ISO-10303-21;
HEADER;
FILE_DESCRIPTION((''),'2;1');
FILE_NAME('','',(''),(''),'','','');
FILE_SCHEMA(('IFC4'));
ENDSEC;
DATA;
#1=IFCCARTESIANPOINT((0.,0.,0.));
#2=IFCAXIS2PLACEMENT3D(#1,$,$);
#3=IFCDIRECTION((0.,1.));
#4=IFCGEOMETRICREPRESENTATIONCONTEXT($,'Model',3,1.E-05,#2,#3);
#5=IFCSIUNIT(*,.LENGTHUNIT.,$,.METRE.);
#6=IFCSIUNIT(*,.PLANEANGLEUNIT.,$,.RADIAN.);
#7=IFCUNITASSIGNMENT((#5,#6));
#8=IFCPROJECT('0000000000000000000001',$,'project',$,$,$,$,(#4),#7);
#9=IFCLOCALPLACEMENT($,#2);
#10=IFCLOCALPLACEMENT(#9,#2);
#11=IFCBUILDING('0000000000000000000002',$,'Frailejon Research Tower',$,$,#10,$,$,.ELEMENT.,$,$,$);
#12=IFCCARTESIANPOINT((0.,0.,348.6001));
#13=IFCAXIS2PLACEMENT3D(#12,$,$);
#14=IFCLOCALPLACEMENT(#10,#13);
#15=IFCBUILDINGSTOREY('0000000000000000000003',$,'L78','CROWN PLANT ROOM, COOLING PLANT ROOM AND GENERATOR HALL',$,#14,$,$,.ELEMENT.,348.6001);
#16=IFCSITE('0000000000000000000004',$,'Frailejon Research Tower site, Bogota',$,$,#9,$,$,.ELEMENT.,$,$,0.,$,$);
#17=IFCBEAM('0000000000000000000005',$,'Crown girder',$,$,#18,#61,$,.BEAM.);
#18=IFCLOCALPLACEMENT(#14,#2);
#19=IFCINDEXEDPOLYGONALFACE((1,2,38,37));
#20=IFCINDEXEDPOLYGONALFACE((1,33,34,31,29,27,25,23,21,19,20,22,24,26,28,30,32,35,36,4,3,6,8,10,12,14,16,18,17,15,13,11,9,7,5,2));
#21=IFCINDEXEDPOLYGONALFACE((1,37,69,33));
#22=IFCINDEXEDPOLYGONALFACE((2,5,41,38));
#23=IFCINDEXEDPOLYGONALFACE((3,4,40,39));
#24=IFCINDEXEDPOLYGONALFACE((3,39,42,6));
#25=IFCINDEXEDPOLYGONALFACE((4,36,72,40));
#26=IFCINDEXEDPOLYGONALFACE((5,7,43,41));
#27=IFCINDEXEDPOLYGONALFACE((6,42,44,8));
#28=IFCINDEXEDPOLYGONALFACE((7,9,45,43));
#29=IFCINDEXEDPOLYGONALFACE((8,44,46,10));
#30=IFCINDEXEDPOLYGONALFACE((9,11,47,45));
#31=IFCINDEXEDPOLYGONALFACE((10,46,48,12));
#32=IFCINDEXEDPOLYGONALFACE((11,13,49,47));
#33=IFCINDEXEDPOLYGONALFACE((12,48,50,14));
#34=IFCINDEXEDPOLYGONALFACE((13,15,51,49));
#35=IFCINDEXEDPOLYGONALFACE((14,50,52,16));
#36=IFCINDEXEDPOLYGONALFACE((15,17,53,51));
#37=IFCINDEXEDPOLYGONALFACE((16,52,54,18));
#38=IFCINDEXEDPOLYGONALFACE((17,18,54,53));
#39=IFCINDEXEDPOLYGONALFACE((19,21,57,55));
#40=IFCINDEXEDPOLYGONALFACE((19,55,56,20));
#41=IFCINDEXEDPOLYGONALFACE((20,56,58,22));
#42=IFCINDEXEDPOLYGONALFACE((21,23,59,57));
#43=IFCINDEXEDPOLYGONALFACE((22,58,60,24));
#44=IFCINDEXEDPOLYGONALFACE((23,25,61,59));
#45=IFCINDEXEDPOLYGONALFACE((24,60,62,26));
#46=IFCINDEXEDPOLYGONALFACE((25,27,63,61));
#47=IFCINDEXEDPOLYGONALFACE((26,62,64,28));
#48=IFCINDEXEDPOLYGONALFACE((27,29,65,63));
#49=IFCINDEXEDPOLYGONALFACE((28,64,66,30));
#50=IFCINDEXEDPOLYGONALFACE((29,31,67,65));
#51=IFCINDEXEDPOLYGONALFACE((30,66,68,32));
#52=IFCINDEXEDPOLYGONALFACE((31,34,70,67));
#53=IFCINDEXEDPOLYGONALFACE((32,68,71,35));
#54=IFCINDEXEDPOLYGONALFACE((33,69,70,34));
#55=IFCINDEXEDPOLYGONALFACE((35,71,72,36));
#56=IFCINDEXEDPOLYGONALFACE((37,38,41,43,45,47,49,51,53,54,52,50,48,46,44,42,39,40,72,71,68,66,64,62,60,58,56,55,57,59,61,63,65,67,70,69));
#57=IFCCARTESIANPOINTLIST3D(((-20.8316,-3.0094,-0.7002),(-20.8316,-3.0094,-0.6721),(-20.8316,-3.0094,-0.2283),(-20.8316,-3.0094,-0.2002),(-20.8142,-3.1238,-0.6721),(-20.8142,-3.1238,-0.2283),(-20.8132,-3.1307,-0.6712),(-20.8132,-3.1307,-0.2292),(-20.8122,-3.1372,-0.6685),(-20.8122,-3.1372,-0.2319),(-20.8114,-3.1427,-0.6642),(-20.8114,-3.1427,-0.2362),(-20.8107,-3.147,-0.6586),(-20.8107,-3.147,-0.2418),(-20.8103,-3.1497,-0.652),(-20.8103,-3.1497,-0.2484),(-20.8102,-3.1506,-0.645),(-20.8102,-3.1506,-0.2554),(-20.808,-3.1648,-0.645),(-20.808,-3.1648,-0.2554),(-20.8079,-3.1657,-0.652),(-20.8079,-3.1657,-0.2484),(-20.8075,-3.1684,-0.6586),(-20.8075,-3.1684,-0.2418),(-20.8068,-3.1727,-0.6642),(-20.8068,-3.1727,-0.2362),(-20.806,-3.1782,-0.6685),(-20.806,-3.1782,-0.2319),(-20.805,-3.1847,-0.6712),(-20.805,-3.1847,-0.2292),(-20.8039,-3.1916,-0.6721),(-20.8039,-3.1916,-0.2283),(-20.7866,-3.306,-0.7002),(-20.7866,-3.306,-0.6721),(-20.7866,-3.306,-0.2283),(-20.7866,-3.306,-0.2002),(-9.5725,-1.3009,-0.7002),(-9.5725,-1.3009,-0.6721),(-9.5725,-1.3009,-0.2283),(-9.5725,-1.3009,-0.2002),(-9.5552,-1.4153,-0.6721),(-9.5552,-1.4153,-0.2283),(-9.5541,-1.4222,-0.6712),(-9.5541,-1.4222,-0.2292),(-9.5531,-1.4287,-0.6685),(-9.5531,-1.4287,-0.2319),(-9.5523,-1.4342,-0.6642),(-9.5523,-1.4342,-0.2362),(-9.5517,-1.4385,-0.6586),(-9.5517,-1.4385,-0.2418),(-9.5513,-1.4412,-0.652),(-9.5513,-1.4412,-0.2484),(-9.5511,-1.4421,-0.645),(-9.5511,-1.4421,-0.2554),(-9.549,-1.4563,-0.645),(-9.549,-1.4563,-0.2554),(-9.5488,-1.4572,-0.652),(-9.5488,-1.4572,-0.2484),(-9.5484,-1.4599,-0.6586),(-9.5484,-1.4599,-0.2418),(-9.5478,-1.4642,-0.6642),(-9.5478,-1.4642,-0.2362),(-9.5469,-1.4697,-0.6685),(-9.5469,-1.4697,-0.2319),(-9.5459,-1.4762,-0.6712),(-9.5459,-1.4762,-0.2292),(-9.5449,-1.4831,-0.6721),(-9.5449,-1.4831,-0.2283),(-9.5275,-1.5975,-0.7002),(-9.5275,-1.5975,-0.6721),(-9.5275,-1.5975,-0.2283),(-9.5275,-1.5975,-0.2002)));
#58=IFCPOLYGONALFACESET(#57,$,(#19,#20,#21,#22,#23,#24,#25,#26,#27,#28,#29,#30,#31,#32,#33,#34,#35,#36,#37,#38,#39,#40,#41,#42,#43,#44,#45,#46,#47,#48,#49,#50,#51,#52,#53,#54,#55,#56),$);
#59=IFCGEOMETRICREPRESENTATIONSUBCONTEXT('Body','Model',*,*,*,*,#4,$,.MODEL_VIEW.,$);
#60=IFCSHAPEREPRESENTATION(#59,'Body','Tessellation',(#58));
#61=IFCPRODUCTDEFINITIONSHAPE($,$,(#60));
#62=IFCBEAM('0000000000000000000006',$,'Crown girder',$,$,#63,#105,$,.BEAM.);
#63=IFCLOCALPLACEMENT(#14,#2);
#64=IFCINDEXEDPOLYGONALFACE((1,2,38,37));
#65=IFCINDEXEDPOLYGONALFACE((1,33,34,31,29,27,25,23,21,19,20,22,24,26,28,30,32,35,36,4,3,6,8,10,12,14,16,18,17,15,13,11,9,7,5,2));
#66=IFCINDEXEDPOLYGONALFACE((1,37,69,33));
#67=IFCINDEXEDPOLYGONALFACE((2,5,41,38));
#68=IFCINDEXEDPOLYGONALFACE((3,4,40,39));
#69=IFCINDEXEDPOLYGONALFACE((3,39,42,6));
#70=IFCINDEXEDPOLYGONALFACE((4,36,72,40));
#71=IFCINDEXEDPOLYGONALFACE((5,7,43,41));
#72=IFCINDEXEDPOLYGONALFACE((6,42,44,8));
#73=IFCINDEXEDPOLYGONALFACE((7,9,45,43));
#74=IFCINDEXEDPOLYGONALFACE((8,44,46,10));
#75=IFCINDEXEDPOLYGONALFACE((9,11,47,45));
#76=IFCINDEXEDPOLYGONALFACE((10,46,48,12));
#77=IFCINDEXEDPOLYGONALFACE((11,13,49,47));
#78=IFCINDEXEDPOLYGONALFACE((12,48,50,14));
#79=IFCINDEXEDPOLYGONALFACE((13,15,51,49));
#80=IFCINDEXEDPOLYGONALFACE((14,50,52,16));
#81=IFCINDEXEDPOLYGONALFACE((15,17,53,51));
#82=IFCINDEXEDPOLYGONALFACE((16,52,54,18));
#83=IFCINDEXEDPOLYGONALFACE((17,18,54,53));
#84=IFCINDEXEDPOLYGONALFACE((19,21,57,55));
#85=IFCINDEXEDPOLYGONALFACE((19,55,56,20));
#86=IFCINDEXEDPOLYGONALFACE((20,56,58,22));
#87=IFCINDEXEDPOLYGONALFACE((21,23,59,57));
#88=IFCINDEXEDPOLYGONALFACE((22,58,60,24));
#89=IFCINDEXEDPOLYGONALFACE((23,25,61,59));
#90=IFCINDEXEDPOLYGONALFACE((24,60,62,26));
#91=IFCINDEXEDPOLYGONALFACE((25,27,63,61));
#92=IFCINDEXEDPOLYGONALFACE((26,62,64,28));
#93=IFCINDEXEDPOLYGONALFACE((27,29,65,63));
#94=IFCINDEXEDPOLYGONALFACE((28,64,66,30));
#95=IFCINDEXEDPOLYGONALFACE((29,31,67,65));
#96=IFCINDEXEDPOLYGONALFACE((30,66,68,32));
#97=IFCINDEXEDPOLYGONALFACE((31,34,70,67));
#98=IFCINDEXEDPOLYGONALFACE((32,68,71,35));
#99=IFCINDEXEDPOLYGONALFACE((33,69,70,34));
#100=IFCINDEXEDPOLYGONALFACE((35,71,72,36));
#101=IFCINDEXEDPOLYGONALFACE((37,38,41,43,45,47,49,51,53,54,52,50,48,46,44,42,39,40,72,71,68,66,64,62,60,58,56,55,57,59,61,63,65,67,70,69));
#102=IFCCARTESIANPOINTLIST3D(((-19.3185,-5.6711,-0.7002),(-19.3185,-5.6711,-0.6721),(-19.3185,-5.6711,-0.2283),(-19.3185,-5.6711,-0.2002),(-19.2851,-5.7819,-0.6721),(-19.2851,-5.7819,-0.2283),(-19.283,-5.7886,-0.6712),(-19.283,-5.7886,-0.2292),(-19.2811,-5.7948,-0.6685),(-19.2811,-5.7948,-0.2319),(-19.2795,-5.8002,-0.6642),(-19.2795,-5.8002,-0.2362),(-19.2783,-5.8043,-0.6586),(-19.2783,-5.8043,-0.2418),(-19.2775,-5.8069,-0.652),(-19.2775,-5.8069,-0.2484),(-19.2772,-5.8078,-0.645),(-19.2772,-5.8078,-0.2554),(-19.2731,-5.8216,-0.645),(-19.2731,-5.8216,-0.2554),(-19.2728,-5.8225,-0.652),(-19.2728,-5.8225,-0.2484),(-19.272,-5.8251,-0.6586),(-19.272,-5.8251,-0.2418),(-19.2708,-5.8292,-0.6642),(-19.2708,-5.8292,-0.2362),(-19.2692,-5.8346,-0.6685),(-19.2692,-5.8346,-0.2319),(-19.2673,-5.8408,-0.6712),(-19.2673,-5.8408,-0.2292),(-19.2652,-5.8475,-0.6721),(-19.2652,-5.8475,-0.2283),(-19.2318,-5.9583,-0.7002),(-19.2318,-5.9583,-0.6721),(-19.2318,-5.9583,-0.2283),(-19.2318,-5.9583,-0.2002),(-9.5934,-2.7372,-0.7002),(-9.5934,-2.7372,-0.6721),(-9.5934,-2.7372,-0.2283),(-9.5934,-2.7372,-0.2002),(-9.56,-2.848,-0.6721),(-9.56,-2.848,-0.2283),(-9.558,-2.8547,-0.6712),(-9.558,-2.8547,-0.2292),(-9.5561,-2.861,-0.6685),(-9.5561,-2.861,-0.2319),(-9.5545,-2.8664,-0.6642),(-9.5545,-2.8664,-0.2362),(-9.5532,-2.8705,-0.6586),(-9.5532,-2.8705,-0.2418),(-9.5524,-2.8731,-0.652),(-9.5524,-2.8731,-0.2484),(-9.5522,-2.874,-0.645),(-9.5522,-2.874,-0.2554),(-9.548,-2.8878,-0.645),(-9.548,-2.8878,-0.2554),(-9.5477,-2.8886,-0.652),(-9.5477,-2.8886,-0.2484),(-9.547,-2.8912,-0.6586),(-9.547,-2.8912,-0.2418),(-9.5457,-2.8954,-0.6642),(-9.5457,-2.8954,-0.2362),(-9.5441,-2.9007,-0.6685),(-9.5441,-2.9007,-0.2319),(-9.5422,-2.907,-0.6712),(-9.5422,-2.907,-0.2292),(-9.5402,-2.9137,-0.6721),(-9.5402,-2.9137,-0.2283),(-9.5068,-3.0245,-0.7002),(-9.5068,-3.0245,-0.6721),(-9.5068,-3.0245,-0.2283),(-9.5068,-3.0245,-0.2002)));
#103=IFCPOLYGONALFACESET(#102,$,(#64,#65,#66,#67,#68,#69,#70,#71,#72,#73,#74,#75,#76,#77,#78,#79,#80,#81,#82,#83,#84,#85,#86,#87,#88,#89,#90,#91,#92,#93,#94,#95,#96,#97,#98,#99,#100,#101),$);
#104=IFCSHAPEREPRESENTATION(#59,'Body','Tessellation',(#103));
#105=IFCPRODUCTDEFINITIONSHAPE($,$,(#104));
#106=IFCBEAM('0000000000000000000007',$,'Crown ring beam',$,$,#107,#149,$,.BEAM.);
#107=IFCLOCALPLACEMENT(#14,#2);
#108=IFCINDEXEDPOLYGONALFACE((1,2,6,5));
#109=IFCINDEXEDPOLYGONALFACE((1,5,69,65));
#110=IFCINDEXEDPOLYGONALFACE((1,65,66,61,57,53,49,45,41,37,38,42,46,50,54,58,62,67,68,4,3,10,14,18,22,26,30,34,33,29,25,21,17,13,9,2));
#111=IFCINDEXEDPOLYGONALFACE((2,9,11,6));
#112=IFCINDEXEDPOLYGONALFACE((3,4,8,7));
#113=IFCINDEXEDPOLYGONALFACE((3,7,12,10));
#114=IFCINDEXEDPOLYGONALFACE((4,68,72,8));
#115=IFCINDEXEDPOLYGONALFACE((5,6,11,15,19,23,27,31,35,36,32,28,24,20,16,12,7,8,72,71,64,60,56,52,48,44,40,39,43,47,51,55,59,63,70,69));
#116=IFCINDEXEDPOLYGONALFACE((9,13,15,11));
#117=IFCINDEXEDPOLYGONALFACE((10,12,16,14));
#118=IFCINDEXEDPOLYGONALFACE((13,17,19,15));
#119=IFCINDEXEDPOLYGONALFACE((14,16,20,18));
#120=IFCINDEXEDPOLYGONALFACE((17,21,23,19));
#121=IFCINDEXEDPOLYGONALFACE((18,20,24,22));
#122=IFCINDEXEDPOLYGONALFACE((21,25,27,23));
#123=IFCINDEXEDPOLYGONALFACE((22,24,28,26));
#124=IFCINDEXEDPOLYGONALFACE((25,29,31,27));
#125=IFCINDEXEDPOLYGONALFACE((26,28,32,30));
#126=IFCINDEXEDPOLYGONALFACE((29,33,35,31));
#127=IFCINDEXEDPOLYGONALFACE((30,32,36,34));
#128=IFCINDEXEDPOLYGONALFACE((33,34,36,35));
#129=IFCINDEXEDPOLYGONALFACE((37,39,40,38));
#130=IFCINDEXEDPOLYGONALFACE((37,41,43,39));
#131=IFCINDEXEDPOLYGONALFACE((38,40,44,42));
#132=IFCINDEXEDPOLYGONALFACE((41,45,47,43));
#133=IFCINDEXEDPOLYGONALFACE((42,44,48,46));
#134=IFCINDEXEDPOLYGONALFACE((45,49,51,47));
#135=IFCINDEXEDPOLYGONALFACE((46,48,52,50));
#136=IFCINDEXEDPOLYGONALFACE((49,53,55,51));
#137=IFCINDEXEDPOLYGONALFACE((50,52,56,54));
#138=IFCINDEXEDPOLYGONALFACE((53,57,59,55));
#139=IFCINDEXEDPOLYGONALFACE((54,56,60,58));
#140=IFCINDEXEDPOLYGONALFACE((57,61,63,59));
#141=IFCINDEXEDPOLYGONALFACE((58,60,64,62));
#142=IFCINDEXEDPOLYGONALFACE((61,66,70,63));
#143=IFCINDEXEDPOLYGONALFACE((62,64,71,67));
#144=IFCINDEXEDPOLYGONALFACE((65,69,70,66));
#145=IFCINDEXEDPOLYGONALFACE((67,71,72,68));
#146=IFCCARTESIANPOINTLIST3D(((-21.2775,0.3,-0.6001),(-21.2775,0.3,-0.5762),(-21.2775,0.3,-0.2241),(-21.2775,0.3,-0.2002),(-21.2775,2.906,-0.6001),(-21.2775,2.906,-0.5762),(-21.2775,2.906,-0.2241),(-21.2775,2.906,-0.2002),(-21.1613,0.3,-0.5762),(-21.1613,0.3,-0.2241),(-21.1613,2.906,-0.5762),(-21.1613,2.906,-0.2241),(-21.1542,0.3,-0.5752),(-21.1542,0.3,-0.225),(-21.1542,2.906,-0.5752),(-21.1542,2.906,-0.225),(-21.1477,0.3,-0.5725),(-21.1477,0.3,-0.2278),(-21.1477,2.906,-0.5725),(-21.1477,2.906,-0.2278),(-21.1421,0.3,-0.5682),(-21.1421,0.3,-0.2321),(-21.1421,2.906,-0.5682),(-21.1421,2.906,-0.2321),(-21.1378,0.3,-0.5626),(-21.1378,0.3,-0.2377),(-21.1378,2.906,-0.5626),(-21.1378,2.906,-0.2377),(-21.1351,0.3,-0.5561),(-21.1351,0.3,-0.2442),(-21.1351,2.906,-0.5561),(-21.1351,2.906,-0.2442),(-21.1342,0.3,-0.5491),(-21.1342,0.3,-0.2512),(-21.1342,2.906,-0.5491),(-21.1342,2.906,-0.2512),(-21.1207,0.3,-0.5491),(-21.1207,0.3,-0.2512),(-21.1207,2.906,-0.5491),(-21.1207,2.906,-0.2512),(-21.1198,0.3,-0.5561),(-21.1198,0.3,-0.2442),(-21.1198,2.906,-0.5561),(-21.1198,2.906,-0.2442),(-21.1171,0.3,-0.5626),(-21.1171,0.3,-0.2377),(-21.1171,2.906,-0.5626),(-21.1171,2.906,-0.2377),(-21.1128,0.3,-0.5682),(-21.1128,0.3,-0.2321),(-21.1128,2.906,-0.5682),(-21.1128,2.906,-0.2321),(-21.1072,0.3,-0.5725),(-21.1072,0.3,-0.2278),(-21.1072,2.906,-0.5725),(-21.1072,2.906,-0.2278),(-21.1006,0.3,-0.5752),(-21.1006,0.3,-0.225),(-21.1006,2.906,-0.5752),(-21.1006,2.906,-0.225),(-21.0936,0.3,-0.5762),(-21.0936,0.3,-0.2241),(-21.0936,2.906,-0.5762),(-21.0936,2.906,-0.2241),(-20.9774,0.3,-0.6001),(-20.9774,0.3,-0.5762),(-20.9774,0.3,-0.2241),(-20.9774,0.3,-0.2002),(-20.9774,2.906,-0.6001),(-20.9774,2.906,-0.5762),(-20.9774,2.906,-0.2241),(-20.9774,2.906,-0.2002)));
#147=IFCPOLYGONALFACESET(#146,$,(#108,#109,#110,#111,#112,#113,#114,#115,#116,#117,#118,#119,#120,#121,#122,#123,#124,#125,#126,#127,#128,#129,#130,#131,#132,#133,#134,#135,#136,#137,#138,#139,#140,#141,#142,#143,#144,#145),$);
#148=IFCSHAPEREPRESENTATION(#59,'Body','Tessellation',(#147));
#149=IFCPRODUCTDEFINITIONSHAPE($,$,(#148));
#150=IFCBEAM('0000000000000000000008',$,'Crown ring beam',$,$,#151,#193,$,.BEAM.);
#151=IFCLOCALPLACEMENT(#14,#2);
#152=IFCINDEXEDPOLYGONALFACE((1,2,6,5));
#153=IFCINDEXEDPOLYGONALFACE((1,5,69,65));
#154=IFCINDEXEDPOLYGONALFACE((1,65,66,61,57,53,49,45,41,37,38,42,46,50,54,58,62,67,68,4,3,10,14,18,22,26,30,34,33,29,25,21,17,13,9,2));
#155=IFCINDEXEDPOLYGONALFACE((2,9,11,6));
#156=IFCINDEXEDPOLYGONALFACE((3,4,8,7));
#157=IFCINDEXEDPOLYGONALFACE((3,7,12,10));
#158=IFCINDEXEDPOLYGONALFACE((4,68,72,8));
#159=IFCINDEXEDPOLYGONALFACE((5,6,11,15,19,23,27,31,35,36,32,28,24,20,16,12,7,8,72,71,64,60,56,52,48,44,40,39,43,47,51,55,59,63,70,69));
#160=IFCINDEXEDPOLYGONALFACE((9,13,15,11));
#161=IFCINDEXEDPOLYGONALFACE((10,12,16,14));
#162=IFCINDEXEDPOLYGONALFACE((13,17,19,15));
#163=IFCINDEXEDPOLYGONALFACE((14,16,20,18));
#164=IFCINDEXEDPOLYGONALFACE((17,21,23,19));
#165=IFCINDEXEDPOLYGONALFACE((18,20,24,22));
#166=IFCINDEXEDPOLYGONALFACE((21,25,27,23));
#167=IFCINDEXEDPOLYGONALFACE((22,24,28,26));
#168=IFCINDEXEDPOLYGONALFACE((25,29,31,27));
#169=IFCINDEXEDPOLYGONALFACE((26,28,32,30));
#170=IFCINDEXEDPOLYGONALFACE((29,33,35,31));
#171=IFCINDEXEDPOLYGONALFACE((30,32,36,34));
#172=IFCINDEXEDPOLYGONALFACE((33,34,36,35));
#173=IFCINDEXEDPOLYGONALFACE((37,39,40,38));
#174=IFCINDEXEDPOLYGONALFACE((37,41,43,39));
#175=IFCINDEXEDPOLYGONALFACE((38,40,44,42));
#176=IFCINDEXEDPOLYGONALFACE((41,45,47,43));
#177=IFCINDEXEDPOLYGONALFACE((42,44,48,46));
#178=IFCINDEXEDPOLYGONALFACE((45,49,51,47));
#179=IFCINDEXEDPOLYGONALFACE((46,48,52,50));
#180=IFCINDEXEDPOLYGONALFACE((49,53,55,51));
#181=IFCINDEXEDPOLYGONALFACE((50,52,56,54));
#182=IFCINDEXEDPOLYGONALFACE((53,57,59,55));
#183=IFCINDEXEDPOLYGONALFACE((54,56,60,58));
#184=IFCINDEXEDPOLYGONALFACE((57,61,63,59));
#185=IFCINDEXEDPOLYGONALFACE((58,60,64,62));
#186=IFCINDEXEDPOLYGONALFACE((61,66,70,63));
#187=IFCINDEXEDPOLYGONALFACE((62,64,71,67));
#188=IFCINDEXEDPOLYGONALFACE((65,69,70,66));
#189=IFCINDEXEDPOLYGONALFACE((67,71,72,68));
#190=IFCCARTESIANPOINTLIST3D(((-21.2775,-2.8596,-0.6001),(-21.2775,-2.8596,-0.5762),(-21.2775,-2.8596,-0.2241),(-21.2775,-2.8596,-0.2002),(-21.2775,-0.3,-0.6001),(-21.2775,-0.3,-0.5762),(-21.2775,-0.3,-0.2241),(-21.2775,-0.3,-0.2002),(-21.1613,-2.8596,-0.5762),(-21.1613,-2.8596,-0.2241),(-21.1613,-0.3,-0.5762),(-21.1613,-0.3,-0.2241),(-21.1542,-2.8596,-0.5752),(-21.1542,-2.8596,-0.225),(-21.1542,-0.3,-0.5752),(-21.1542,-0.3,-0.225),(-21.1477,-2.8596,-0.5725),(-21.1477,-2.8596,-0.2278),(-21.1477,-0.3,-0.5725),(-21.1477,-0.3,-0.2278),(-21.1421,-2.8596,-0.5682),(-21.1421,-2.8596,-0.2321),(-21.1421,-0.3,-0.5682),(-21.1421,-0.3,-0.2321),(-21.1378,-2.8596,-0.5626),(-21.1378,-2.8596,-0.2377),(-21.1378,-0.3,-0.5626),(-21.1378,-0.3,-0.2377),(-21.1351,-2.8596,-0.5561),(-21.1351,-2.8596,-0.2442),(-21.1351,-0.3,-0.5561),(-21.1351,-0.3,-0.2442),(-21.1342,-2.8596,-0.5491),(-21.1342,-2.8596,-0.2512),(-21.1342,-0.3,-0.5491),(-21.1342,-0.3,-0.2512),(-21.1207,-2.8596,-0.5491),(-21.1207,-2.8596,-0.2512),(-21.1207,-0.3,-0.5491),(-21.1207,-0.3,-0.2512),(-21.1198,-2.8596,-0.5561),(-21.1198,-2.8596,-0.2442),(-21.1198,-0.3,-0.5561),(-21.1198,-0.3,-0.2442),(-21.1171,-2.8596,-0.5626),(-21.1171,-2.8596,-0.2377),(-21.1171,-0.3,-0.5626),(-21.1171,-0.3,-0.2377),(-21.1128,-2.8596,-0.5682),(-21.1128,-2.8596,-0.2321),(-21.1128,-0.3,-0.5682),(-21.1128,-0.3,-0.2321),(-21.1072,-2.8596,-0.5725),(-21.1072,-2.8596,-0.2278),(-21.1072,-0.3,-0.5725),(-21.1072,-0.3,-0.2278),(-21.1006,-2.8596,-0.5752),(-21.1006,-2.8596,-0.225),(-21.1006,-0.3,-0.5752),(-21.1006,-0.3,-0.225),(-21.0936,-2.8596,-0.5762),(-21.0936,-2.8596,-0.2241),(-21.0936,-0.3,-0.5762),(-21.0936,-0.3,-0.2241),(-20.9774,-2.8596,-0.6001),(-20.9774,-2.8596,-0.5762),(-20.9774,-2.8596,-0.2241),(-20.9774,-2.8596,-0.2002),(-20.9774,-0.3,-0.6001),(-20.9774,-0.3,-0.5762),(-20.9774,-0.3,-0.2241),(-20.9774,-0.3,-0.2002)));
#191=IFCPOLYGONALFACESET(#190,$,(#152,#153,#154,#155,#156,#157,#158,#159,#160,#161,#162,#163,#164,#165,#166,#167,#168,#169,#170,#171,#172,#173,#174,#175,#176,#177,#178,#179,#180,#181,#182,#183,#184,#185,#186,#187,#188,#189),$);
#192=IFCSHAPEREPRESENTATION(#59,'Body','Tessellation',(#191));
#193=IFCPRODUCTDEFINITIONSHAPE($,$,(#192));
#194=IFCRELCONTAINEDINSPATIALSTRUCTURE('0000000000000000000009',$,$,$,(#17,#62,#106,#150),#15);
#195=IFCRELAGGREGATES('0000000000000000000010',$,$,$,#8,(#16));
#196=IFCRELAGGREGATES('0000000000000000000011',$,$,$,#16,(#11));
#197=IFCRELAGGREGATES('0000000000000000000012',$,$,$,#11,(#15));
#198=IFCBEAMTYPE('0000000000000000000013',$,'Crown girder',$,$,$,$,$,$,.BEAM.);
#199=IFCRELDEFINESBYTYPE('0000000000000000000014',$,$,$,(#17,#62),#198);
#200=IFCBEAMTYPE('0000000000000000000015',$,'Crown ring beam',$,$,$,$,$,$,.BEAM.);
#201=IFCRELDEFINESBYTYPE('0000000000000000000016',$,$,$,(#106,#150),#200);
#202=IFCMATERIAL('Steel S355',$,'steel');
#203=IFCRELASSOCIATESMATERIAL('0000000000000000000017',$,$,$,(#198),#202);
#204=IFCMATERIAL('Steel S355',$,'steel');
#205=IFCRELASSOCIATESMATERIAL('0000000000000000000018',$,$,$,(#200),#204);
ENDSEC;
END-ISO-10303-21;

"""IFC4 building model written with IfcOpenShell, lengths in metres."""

from ifc_helpers import new_model, si_unit, direction, frame, origin, origin_2d, place, context, subcontext, project, spatial, i_section, extrude, material, material_profile, profile_set, type_object, element, save


model = new_model("IFC4")

# Units and contexts
model_context = context("Model", 3, precision=1e-05, world=origin(), true_north=direction((0.0, 1.0)))
body_context = subcontext(model_context, "Body", "Model", "MODEL_VIEW")
ifc_project = project(units=[si_unit("LENGTHUNIT", "METRE"), si_unit("PLANEANGLEUNIT", "RADIAN")], contexts=[model_context])

# Site, building, storey
site_placement = place(None, origin())
site = spatial("IfcSite", under=ifc_project, at=site_placement, Name="Frailejon Research Tower site, Bogota", CompositionType="ELEMENT", RefElevation=0.0)
building_placement = place(site_placement, origin())
building = spatial("IfcBuilding", under=site, at=building_placement, Name="Frailejon Research Tower", CompositionType="ELEMENT")
storey_placement = place(building_placement, frame((0.0, 0.0, 348.6001)))
storey = spatial("IfcBuildingStorey", under=building, at=storey_placement, Name="L78", Description="CROWN PLANT ROOM, COOLING PLANT ROOM AND GENERATOR HALL", CompositionType="ELEMENT", Elevation=348.6001)

# Beams
ifc_material_1 = material(Name="Steel S355", Category="steel")
ifc_material_profile_1 = material_profile(ifc_material_1, i_section(OverallWidth=0.3, OverallDepth=0.5, WebThickness=0.0144, FlangeThickness=0.0281, FilletRadius=0.0271, at=origin_2d()), Name="HE 500 B")
ifc_profile_set_1 = profile_set([ifc_material_profile_1], Name="Steel S355")
beam_type_1 = type_object("IfcBeamType", Name="Crown girder", PredefinedType="BEAM", material=ifc_profile_set_1)
beam_1_placement = place(storey_placement, frame((-20.8091, -3.1577, -0.4502), z_axis=(0.988682, 0.150027, 0.0), x_axis=(-0.150027, 0.988682, 0.0)))
element("IfcBeam", 1, at=beam_1_placement, inside=storey, type_object=beam_type_1, Name="Crown girder", PredefinedType="BEAM", context=body_context, shape_type="SweptSolid", body=[
    extrude(i_section(OverallWidth=0.3, OverallDepth=0.5, WebThickness=0.0144, FlangeThickness=0.0281, FilletRadius=0.0271, at=origin_2d()), origin(), (0.0, 0.0, 1.0), 11.3879),
])
beam_2_placement = place(storey_placement, frame((-19.2751, -5.8147, -0.4502), z_axis=(0.957383, 0.28882, 0.0), x_axis=(-0.28882, 0.957383, 0.0)))
element("IfcBeam", 2, at=beam_2_placement, inside=storey, type_object=beam_type_1, Name="Crown girder", PredefinedType="BEAM", context=body_context, shape_type="SweptSolid", body=[
    extrude(i_section(OverallWidth=0.3, OverallDepth=0.5, WebThickness=0.0144, FlangeThickness=0.0281, FilletRadius=0.0271, at=origin_2d()), origin(), (0.0, 0.0, 1.0), 10.158),
])
ifc_material_2 = material(Name="Steel S355", Category="steel")
ifc_material_profile_2 = material_profile(ifc_material_2, i_section(OverallWidth=0.3, OverallDepth=0.3999, WebThickness=0.0134, FlangeThickness=0.0239, FilletRadius=0.0271, at=origin_2d()), Name="HE 400 B")
ifc_profile_set_2 = profile_set([ifc_material_profile_2], Name="Steel S355")
beam_type_2 = type_object("IfcBeamType", Name="Crown ring beam", PredefinedType="BEAM", material=ifc_profile_set_2)
beam_3_placement = place(storey_placement, frame((-21.1274, 2.906, -0.4001), z_axis=(0.0, -1.0, 0.0), x_axis=(1.0, 0.0, 0.0)))
element("IfcBeam", 3, at=beam_3_placement, inside=storey, type_object=beam_type_2, Name="Crown ring beam", PredefinedType="BEAM", context=body_context, shape_type="SweptSolid", body=[
    extrude(i_section(OverallWidth=0.3, OverallDepth=0.3999, WebThickness=0.0134, FlangeThickness=0.0239, FilletRadius=0.0271, at=origin_2d()), origin(), (0.0, 0.0, 1.0), 2.606),
])
beam_4_placement = place(storey_placement, frame((-21.1274, -0.3, -0.4001), z_axis=(0.0, -1.0, 0.0), x_axis=(1.0, 0.0, 0.0)))
element("IfcBeam", 4, at=beam_4_placement, inside=storey, type_object=beam_type_2, Name="Crown ring beam", PredefinedType="BEAM", context=body_context, shape_type="SweptSolid", body=[
    extrude(i_section(OverallWidth=0.3, OverallDepth=0.3999, WebThickness=0.0134, FlangeThickness=0.0239, FilletRadius=0.0271, at=origin_2d()), origin(), (0.0, 0.0, 1.0), 2.5596),
])

save(model, "model.ifc")
